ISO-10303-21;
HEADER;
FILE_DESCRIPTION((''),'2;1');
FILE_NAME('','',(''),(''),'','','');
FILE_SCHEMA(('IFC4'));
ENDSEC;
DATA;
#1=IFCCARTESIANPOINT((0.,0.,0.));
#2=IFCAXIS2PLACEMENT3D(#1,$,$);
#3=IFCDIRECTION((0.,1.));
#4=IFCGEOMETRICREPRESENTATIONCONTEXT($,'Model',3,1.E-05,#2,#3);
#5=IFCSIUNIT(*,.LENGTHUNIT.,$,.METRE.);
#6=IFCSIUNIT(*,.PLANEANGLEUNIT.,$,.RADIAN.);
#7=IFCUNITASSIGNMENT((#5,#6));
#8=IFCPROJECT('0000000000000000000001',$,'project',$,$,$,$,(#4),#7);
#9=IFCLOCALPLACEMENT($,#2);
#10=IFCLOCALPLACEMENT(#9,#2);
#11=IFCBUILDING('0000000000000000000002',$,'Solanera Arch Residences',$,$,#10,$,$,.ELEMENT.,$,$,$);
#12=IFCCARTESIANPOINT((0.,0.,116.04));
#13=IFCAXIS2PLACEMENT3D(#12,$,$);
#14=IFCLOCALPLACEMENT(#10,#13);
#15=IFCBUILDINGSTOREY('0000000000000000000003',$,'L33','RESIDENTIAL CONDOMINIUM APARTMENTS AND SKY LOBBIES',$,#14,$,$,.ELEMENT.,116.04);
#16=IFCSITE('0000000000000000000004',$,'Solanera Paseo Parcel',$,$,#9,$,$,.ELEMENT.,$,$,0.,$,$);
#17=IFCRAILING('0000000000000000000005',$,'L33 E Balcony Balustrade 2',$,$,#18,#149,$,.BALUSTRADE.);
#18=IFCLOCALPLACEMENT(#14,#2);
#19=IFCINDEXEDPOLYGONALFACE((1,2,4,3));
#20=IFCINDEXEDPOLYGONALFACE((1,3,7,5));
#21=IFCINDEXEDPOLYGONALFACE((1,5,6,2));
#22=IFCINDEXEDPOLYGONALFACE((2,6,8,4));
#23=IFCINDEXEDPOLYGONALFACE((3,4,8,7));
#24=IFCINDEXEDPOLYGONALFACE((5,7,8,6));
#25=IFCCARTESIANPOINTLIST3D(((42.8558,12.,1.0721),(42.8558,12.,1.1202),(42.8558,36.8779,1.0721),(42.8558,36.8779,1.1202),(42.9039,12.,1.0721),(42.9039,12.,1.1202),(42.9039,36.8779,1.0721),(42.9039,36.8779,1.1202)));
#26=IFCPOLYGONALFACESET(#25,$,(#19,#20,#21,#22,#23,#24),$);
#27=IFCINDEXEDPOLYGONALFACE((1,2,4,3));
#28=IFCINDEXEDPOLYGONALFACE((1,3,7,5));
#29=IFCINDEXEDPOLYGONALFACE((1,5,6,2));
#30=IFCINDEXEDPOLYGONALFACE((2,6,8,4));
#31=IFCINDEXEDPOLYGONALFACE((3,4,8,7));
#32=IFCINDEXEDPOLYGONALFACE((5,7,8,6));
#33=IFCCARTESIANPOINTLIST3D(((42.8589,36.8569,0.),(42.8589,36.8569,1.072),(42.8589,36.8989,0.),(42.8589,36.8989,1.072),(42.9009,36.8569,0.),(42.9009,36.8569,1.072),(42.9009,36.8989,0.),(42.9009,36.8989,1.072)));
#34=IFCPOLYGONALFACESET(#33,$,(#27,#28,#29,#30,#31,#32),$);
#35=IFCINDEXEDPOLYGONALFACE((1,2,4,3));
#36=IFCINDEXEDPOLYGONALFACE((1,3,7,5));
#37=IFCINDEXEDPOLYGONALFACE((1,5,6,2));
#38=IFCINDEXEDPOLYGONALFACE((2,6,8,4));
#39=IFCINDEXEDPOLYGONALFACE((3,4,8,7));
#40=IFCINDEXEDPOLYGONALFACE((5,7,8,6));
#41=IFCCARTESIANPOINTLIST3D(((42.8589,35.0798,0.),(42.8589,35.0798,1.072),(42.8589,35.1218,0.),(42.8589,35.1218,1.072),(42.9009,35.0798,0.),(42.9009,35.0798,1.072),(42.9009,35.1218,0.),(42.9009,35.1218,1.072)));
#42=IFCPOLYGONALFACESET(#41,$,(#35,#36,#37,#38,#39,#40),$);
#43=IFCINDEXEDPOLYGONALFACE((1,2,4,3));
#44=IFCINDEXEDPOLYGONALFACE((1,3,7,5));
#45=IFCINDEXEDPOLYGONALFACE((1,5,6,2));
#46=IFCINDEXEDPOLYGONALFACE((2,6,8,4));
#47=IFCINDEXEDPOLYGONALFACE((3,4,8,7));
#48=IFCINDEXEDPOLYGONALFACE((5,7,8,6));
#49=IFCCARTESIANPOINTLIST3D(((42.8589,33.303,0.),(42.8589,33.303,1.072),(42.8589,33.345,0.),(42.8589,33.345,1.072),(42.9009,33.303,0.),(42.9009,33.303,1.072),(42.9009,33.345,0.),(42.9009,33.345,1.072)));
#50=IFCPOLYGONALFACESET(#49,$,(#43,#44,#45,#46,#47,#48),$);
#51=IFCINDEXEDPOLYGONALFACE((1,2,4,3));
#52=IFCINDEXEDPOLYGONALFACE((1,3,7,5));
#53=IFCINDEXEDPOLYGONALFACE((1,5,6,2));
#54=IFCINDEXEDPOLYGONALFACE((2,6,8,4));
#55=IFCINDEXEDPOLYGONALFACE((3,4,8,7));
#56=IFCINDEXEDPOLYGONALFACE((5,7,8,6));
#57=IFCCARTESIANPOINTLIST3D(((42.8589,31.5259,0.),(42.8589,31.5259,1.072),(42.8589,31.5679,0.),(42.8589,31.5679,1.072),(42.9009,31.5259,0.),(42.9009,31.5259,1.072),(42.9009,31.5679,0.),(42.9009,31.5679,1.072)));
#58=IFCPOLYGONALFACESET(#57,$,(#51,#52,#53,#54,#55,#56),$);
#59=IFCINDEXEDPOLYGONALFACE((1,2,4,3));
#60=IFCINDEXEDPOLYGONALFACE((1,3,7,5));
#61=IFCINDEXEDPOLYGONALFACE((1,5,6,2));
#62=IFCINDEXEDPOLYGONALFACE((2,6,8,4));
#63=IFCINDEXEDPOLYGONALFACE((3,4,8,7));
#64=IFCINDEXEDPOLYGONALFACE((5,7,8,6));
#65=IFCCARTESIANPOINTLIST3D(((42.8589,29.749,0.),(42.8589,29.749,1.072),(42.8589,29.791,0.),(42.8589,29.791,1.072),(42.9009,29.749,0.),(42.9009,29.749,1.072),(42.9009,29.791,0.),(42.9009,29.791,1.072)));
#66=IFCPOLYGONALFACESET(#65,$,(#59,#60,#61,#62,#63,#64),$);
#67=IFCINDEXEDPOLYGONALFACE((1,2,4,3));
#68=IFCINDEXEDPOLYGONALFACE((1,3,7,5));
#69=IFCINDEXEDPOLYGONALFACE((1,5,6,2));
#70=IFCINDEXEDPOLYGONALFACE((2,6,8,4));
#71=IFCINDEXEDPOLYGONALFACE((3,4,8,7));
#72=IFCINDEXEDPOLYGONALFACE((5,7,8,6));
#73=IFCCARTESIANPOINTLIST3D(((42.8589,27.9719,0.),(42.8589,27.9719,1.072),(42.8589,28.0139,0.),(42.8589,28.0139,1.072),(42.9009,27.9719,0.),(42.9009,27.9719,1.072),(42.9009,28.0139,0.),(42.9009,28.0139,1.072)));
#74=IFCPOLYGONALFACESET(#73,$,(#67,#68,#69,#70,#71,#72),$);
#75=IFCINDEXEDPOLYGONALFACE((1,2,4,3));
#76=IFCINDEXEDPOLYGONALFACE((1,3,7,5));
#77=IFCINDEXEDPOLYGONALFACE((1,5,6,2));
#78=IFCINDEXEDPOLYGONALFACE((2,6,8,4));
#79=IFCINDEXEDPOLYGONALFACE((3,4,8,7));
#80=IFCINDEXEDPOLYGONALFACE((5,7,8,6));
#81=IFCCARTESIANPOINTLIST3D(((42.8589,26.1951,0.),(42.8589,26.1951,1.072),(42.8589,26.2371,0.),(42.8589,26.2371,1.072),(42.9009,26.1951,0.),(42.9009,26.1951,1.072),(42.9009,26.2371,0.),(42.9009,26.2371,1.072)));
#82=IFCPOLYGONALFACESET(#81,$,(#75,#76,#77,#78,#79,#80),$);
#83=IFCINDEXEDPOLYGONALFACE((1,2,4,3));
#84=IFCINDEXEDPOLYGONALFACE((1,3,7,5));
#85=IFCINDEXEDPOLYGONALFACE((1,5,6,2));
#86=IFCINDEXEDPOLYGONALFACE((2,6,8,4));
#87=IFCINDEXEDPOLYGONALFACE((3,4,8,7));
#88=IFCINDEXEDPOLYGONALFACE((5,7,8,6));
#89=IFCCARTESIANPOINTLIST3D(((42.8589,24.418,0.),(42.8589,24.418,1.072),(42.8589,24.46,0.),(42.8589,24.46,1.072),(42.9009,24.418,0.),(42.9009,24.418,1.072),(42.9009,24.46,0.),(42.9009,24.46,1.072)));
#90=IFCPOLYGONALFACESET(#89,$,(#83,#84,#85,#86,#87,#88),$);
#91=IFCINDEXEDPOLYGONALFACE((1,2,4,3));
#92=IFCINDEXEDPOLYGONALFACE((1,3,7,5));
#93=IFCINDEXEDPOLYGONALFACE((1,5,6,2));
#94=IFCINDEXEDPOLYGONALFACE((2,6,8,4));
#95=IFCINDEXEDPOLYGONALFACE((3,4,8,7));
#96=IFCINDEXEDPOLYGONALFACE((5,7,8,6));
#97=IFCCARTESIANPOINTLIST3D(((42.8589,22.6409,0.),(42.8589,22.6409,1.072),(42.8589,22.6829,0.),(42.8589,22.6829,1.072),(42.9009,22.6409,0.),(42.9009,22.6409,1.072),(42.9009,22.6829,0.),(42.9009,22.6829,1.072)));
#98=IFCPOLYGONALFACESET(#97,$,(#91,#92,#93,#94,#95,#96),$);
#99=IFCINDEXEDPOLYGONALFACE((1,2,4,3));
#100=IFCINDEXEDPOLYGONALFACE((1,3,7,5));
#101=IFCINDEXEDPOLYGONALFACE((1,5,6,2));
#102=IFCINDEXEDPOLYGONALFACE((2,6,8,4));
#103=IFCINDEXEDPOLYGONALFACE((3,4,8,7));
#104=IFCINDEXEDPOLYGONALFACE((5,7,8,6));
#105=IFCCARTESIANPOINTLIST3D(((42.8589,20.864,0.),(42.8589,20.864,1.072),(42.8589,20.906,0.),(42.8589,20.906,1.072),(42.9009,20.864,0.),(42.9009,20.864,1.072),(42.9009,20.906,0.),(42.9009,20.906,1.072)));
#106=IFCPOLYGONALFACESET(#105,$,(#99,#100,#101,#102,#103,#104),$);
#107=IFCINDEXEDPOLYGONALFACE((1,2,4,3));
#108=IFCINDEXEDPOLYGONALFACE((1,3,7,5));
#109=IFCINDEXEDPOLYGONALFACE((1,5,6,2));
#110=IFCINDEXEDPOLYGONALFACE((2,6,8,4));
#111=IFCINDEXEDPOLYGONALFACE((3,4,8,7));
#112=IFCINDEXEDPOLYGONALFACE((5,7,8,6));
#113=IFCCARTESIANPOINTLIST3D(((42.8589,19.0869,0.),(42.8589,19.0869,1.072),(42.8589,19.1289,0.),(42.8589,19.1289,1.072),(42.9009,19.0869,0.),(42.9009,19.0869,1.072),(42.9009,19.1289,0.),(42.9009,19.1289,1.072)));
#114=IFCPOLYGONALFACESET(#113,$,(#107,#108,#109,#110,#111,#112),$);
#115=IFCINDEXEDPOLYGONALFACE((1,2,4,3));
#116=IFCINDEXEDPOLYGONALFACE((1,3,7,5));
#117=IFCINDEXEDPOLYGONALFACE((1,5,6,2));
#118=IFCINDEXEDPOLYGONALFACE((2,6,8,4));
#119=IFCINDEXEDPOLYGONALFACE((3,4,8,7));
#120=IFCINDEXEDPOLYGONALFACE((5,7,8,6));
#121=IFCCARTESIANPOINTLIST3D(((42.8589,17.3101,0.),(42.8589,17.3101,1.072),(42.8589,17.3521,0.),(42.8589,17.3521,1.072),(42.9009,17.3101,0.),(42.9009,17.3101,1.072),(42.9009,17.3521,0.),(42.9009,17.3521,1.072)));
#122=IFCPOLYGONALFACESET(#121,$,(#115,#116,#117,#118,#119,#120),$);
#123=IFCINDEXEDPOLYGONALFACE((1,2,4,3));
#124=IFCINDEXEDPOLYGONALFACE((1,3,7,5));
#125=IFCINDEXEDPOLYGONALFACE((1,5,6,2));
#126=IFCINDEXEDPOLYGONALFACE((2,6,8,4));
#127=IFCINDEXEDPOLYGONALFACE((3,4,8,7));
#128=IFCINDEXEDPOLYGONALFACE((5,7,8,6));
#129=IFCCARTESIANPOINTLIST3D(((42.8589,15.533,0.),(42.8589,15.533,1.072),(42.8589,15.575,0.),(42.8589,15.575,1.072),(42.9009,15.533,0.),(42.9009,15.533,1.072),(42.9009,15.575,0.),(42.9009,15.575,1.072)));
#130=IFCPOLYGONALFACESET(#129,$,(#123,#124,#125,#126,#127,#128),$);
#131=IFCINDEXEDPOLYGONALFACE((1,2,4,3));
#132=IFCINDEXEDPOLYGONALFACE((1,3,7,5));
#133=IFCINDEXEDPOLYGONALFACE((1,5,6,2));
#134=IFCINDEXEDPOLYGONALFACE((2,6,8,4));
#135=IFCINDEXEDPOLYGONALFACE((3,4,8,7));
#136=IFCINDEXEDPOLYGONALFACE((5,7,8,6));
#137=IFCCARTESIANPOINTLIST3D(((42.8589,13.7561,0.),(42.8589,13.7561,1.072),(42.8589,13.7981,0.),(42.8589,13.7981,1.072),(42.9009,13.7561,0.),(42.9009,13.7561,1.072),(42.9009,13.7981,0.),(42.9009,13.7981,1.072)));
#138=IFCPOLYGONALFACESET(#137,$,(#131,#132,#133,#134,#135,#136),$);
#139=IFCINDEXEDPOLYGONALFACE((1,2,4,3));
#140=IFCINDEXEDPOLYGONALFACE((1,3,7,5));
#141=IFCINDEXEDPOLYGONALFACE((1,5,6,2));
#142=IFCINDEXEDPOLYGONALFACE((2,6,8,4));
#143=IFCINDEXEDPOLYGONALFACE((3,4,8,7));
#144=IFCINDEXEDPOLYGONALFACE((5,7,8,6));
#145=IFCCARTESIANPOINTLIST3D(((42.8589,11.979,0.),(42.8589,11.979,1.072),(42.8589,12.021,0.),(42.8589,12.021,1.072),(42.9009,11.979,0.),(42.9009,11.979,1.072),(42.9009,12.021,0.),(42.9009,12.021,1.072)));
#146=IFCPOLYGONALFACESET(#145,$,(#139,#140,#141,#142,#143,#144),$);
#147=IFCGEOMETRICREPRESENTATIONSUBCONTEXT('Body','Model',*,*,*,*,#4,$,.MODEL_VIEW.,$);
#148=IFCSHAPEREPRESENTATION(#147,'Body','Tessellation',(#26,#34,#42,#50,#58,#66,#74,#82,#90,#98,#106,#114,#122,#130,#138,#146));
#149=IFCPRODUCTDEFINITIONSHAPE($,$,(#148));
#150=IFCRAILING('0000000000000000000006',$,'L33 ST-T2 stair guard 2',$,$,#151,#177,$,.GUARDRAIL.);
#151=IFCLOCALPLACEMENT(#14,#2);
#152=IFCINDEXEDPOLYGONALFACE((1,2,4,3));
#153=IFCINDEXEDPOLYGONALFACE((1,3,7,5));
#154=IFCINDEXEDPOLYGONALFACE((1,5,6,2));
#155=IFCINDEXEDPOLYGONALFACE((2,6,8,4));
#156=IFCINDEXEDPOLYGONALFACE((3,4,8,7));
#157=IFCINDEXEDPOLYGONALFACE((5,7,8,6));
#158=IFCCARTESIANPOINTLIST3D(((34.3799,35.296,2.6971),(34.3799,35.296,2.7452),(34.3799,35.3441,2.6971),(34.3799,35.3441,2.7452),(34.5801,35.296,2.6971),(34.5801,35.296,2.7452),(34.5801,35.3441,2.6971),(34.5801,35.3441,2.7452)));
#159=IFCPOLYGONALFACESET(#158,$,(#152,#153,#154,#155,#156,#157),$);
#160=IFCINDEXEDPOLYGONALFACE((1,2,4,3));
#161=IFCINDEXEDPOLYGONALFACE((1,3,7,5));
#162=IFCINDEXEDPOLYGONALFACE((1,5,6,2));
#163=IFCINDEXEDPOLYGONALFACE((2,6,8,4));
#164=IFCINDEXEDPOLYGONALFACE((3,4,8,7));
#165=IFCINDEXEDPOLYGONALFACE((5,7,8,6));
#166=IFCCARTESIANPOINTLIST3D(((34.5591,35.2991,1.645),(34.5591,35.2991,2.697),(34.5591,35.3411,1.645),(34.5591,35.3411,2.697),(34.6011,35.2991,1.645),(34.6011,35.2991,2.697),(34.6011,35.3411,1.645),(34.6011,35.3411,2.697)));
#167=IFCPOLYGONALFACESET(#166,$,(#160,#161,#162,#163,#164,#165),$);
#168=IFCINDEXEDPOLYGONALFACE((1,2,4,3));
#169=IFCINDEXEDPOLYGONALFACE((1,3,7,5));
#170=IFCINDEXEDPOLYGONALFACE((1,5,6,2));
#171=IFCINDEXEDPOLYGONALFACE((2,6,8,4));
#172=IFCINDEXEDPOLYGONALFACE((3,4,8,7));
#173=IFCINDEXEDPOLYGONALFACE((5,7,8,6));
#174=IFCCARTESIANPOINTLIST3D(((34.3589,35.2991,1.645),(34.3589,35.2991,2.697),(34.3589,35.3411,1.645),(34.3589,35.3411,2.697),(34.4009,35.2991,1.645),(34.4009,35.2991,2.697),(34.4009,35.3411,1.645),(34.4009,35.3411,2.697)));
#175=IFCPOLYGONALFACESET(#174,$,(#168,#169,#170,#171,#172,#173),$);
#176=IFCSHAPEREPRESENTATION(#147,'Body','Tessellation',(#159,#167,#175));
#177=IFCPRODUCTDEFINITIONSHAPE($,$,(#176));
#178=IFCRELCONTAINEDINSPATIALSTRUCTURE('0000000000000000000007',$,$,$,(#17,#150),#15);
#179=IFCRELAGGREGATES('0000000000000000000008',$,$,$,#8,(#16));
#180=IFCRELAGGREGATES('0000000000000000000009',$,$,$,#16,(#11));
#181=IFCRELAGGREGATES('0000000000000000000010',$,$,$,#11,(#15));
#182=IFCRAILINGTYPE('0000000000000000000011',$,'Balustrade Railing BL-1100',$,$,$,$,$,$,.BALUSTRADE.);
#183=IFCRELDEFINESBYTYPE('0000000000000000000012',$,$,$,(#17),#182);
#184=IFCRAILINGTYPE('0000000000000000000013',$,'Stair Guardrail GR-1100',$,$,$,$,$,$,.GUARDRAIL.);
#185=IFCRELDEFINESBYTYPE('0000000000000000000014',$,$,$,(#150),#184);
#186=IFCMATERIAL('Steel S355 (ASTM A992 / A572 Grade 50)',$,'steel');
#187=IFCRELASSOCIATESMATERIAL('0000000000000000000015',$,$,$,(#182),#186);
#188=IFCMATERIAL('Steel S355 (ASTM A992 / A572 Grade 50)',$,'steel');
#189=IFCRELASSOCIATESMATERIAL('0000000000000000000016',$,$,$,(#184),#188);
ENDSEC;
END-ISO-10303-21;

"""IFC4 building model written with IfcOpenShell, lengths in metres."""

from ifc_helpers import new_model, si_unit, direction, frame, origin, origin_2d, place, context, subcontext, project, spatial, rectangle, extrude, material, type_object, element, save


model = new_model("IFC4")

# Units and contexts
model_context = context("Model", 3, precision=1e-05, world=origin(), true_north=direction((0.0, 1.0)))
body_context = subcontext(model_context, "Body", "Model", "MODEL_VIEW")
ifc_project = project(units=[si_unit("LENGTHUNIT", "METRE"), si_unit("PLANEANGLEUNIT", "RADIAN")], contexts=[model_context])

# Site, building, storey
site_placement = place(None, origin())
site = spatial("IfcSite", under=ifc_project, at=site_placement, Name="Solanera Paseo Parcel", CompositionType="ELEMENT", RefElevation=0.0)
building_placement = place(site_placement, origin())
building = spatial("IfcBuilding", under=site, at=building_placement, Name="Solanera Arch Residences", CompositionType="ELEMENT")
storey_placement = place(building_placement, frame((0.0, 0.0, 116.04)))
storey = spatial("IfcBuildingStorey", under=building, at=storey_placement, Name="L33", Description="RESIDENTIAL CONDOMINIUM APARTMENTS AND SKY LOBBIES", CompositionType="ELEMENT", Elevation=116.04)

# Railings
ifc_material_1 = material(Name="Steel S355 (ASTM A992 / A572 Grade 50)", Category="steel")
railing_type_1 = type_object("IfcRailingType", Name="Balustrade Railing BL-1100", PredefinedType="BALUSTRADE", material=ifc_material_1)
railing_1_placement = place(storey_placement, frame((42.8799, 36.8779, 0.0)))
element("IfcRailing", 1, at=railing_1_placement, inside=storey, type_object=railing_type_1, Name="L33 E Balcony Balustrade 2", PredefinedType="BALUSTRADE", context=body_context, shape_type="SweptSolid", body=[
    extrude(rectangle(XDim=0.0481, YDim=0.0481, at=origin_2d()), frame((0.0, 0.0, 1.0962), z_axis=(0.0, -1.0, 0.0), x_axis=(1.0, 0.0, 0.0)), (0.0, 0.0, 1.0), 24.8779),
    extrude(rectangle(XDim=0.042, YDim=0.042, at=origin_2d()), origin(), (0.0, 0.0, 1.0), 1.072),
    extrude(rectangle(XDim=0.042, YDim=0.042, at=origin_2d()), frame((0.0, -1.7771, 0.0)), (0.0, 0.0, 1.0), 1.072),
    extrude(rectangle(XDim=0.042, YDim=0.042, at=origin_2d()), frame((0.0, -3.554, 0.0)), (0.0, 0.0, 1.0), 1.072),
    extrude(rectangle(XDim=0.042, YDim=0.042, at=origin_2d()), frame((0.0, -5.3311, 0.0)), (0.0, 0.0, 1.0), 1.072),
    extrude(rectangle(XDim=0.042, YDim=0.042, at=origin_2d()), frame((0.0, -7.1079, 0.0)), (0.0, 0.0, 1.0), 1.072),
    extrude(rectangle(XDim=0.042, YDim=0.042, at=origin_2d()), frame((0.0, -8.885, 0.0)), (0.0, 0.0, 1.0), 1.072),
    extrude(rectangle(XDim=0.042, YDim=0.042, at=origin_2d()), frame((0.0, -10.6619, 0.0)), (0.0, 0.0, 1.0), 1.072),
    extrude(rectangle(XDim=0.042, YDim=0.042, at=origin_2d()), frame((0.0, -12.439, 0.0)), (0.0, 0.0, 1.0), 1.072),
    extrude(rectangle(XDim=0.042, YDim=0.042, at=origin_2d()), frame((0.0, -14.2161, 0.0)), (0.0, 0.0, 1.0), 1.072),
    extrude(rectangle(XDim=0.042, YDim=0.042, at=origin_2d()), frame((0.0, -15.9929, 0.0)), (0.0, 0.0, 1.0), 1.072),
    extrude(rectangle(XDim=0.042, YDim=0.042, at=origin_2d()), frame((0.0, -17.77, 0.0)), (0.0, 0.0, 1.0), 1.072),
    extrude(rectangle(XDim=0.042, YDim=0.042, at=origin_2d()), frame((0.0, -19.5469, 0.0)), (0.0, 0.0, 1.0), 1.072),
    extrude(rectangle(XDim=0.042, YDim=0.042, at=origin_2d()), frame((0.0, -21.324, 0.0)), (0.0, 0.0, 1.0), 1.072),
    extrude(rectangle(XDim=0.042, YDim=0.042, at=origin_2d()), frame((0.0, -23.1008, 0.0)), (0.0, 0.0, 1.0), 1.072),
    extrude(rectangle(XDim=0.042, YDim=0.042, at=origin_2d()), frame((0.0, -24.8779, 0.0)), (0.0, 0.0, 1.0), 1.072),
])
ifc_material_2 = material(Name="Steel S355 (ASTM A992 / A572 Grade 50)", Category="steel")
railing_type_2 = type_object("IfcRailingType", Name="Stair Guardrail GR-1100", PredefinedType="GUARDRAIL", material=ifc_material_2)
railing_2_placement = place(storey_placement, frame((34.5801, 35.3201, 1.645)))
element("IfcRailing", 2, at=railing_2_placement, inside=storey, type_object=railing_type_2, Name="L33 ST-T2 stair guard 2", PredefinedType="GUARDRAIL", context=body_context, shape_type="SweptSolid", body=[
    extrude(rectangle(XDim=0.0481, YDim=0.0481, at=origin_2d()), frame((0.0, 0.0, 1.0762), z_axis=(-1.0, 0.0, 0.0), x_axis=(0.0, -1.0, 0.0)), (0.0, 0.0, 1.0), 0.2002),
    extrude(rectangle(XDim=0.042, YDim=0.042, at=origin_2d()), origin(), (0.0, 0.0, 1.0), 1.052),
    extrude(rectangle(XDim=0.042, YDim=0.042, at=origin_2d()), frame((-0.2002, 0.0, 0.0)), (0.0, 0.0, 1.0), 1.052),
])

save(model, "model.ifc")
